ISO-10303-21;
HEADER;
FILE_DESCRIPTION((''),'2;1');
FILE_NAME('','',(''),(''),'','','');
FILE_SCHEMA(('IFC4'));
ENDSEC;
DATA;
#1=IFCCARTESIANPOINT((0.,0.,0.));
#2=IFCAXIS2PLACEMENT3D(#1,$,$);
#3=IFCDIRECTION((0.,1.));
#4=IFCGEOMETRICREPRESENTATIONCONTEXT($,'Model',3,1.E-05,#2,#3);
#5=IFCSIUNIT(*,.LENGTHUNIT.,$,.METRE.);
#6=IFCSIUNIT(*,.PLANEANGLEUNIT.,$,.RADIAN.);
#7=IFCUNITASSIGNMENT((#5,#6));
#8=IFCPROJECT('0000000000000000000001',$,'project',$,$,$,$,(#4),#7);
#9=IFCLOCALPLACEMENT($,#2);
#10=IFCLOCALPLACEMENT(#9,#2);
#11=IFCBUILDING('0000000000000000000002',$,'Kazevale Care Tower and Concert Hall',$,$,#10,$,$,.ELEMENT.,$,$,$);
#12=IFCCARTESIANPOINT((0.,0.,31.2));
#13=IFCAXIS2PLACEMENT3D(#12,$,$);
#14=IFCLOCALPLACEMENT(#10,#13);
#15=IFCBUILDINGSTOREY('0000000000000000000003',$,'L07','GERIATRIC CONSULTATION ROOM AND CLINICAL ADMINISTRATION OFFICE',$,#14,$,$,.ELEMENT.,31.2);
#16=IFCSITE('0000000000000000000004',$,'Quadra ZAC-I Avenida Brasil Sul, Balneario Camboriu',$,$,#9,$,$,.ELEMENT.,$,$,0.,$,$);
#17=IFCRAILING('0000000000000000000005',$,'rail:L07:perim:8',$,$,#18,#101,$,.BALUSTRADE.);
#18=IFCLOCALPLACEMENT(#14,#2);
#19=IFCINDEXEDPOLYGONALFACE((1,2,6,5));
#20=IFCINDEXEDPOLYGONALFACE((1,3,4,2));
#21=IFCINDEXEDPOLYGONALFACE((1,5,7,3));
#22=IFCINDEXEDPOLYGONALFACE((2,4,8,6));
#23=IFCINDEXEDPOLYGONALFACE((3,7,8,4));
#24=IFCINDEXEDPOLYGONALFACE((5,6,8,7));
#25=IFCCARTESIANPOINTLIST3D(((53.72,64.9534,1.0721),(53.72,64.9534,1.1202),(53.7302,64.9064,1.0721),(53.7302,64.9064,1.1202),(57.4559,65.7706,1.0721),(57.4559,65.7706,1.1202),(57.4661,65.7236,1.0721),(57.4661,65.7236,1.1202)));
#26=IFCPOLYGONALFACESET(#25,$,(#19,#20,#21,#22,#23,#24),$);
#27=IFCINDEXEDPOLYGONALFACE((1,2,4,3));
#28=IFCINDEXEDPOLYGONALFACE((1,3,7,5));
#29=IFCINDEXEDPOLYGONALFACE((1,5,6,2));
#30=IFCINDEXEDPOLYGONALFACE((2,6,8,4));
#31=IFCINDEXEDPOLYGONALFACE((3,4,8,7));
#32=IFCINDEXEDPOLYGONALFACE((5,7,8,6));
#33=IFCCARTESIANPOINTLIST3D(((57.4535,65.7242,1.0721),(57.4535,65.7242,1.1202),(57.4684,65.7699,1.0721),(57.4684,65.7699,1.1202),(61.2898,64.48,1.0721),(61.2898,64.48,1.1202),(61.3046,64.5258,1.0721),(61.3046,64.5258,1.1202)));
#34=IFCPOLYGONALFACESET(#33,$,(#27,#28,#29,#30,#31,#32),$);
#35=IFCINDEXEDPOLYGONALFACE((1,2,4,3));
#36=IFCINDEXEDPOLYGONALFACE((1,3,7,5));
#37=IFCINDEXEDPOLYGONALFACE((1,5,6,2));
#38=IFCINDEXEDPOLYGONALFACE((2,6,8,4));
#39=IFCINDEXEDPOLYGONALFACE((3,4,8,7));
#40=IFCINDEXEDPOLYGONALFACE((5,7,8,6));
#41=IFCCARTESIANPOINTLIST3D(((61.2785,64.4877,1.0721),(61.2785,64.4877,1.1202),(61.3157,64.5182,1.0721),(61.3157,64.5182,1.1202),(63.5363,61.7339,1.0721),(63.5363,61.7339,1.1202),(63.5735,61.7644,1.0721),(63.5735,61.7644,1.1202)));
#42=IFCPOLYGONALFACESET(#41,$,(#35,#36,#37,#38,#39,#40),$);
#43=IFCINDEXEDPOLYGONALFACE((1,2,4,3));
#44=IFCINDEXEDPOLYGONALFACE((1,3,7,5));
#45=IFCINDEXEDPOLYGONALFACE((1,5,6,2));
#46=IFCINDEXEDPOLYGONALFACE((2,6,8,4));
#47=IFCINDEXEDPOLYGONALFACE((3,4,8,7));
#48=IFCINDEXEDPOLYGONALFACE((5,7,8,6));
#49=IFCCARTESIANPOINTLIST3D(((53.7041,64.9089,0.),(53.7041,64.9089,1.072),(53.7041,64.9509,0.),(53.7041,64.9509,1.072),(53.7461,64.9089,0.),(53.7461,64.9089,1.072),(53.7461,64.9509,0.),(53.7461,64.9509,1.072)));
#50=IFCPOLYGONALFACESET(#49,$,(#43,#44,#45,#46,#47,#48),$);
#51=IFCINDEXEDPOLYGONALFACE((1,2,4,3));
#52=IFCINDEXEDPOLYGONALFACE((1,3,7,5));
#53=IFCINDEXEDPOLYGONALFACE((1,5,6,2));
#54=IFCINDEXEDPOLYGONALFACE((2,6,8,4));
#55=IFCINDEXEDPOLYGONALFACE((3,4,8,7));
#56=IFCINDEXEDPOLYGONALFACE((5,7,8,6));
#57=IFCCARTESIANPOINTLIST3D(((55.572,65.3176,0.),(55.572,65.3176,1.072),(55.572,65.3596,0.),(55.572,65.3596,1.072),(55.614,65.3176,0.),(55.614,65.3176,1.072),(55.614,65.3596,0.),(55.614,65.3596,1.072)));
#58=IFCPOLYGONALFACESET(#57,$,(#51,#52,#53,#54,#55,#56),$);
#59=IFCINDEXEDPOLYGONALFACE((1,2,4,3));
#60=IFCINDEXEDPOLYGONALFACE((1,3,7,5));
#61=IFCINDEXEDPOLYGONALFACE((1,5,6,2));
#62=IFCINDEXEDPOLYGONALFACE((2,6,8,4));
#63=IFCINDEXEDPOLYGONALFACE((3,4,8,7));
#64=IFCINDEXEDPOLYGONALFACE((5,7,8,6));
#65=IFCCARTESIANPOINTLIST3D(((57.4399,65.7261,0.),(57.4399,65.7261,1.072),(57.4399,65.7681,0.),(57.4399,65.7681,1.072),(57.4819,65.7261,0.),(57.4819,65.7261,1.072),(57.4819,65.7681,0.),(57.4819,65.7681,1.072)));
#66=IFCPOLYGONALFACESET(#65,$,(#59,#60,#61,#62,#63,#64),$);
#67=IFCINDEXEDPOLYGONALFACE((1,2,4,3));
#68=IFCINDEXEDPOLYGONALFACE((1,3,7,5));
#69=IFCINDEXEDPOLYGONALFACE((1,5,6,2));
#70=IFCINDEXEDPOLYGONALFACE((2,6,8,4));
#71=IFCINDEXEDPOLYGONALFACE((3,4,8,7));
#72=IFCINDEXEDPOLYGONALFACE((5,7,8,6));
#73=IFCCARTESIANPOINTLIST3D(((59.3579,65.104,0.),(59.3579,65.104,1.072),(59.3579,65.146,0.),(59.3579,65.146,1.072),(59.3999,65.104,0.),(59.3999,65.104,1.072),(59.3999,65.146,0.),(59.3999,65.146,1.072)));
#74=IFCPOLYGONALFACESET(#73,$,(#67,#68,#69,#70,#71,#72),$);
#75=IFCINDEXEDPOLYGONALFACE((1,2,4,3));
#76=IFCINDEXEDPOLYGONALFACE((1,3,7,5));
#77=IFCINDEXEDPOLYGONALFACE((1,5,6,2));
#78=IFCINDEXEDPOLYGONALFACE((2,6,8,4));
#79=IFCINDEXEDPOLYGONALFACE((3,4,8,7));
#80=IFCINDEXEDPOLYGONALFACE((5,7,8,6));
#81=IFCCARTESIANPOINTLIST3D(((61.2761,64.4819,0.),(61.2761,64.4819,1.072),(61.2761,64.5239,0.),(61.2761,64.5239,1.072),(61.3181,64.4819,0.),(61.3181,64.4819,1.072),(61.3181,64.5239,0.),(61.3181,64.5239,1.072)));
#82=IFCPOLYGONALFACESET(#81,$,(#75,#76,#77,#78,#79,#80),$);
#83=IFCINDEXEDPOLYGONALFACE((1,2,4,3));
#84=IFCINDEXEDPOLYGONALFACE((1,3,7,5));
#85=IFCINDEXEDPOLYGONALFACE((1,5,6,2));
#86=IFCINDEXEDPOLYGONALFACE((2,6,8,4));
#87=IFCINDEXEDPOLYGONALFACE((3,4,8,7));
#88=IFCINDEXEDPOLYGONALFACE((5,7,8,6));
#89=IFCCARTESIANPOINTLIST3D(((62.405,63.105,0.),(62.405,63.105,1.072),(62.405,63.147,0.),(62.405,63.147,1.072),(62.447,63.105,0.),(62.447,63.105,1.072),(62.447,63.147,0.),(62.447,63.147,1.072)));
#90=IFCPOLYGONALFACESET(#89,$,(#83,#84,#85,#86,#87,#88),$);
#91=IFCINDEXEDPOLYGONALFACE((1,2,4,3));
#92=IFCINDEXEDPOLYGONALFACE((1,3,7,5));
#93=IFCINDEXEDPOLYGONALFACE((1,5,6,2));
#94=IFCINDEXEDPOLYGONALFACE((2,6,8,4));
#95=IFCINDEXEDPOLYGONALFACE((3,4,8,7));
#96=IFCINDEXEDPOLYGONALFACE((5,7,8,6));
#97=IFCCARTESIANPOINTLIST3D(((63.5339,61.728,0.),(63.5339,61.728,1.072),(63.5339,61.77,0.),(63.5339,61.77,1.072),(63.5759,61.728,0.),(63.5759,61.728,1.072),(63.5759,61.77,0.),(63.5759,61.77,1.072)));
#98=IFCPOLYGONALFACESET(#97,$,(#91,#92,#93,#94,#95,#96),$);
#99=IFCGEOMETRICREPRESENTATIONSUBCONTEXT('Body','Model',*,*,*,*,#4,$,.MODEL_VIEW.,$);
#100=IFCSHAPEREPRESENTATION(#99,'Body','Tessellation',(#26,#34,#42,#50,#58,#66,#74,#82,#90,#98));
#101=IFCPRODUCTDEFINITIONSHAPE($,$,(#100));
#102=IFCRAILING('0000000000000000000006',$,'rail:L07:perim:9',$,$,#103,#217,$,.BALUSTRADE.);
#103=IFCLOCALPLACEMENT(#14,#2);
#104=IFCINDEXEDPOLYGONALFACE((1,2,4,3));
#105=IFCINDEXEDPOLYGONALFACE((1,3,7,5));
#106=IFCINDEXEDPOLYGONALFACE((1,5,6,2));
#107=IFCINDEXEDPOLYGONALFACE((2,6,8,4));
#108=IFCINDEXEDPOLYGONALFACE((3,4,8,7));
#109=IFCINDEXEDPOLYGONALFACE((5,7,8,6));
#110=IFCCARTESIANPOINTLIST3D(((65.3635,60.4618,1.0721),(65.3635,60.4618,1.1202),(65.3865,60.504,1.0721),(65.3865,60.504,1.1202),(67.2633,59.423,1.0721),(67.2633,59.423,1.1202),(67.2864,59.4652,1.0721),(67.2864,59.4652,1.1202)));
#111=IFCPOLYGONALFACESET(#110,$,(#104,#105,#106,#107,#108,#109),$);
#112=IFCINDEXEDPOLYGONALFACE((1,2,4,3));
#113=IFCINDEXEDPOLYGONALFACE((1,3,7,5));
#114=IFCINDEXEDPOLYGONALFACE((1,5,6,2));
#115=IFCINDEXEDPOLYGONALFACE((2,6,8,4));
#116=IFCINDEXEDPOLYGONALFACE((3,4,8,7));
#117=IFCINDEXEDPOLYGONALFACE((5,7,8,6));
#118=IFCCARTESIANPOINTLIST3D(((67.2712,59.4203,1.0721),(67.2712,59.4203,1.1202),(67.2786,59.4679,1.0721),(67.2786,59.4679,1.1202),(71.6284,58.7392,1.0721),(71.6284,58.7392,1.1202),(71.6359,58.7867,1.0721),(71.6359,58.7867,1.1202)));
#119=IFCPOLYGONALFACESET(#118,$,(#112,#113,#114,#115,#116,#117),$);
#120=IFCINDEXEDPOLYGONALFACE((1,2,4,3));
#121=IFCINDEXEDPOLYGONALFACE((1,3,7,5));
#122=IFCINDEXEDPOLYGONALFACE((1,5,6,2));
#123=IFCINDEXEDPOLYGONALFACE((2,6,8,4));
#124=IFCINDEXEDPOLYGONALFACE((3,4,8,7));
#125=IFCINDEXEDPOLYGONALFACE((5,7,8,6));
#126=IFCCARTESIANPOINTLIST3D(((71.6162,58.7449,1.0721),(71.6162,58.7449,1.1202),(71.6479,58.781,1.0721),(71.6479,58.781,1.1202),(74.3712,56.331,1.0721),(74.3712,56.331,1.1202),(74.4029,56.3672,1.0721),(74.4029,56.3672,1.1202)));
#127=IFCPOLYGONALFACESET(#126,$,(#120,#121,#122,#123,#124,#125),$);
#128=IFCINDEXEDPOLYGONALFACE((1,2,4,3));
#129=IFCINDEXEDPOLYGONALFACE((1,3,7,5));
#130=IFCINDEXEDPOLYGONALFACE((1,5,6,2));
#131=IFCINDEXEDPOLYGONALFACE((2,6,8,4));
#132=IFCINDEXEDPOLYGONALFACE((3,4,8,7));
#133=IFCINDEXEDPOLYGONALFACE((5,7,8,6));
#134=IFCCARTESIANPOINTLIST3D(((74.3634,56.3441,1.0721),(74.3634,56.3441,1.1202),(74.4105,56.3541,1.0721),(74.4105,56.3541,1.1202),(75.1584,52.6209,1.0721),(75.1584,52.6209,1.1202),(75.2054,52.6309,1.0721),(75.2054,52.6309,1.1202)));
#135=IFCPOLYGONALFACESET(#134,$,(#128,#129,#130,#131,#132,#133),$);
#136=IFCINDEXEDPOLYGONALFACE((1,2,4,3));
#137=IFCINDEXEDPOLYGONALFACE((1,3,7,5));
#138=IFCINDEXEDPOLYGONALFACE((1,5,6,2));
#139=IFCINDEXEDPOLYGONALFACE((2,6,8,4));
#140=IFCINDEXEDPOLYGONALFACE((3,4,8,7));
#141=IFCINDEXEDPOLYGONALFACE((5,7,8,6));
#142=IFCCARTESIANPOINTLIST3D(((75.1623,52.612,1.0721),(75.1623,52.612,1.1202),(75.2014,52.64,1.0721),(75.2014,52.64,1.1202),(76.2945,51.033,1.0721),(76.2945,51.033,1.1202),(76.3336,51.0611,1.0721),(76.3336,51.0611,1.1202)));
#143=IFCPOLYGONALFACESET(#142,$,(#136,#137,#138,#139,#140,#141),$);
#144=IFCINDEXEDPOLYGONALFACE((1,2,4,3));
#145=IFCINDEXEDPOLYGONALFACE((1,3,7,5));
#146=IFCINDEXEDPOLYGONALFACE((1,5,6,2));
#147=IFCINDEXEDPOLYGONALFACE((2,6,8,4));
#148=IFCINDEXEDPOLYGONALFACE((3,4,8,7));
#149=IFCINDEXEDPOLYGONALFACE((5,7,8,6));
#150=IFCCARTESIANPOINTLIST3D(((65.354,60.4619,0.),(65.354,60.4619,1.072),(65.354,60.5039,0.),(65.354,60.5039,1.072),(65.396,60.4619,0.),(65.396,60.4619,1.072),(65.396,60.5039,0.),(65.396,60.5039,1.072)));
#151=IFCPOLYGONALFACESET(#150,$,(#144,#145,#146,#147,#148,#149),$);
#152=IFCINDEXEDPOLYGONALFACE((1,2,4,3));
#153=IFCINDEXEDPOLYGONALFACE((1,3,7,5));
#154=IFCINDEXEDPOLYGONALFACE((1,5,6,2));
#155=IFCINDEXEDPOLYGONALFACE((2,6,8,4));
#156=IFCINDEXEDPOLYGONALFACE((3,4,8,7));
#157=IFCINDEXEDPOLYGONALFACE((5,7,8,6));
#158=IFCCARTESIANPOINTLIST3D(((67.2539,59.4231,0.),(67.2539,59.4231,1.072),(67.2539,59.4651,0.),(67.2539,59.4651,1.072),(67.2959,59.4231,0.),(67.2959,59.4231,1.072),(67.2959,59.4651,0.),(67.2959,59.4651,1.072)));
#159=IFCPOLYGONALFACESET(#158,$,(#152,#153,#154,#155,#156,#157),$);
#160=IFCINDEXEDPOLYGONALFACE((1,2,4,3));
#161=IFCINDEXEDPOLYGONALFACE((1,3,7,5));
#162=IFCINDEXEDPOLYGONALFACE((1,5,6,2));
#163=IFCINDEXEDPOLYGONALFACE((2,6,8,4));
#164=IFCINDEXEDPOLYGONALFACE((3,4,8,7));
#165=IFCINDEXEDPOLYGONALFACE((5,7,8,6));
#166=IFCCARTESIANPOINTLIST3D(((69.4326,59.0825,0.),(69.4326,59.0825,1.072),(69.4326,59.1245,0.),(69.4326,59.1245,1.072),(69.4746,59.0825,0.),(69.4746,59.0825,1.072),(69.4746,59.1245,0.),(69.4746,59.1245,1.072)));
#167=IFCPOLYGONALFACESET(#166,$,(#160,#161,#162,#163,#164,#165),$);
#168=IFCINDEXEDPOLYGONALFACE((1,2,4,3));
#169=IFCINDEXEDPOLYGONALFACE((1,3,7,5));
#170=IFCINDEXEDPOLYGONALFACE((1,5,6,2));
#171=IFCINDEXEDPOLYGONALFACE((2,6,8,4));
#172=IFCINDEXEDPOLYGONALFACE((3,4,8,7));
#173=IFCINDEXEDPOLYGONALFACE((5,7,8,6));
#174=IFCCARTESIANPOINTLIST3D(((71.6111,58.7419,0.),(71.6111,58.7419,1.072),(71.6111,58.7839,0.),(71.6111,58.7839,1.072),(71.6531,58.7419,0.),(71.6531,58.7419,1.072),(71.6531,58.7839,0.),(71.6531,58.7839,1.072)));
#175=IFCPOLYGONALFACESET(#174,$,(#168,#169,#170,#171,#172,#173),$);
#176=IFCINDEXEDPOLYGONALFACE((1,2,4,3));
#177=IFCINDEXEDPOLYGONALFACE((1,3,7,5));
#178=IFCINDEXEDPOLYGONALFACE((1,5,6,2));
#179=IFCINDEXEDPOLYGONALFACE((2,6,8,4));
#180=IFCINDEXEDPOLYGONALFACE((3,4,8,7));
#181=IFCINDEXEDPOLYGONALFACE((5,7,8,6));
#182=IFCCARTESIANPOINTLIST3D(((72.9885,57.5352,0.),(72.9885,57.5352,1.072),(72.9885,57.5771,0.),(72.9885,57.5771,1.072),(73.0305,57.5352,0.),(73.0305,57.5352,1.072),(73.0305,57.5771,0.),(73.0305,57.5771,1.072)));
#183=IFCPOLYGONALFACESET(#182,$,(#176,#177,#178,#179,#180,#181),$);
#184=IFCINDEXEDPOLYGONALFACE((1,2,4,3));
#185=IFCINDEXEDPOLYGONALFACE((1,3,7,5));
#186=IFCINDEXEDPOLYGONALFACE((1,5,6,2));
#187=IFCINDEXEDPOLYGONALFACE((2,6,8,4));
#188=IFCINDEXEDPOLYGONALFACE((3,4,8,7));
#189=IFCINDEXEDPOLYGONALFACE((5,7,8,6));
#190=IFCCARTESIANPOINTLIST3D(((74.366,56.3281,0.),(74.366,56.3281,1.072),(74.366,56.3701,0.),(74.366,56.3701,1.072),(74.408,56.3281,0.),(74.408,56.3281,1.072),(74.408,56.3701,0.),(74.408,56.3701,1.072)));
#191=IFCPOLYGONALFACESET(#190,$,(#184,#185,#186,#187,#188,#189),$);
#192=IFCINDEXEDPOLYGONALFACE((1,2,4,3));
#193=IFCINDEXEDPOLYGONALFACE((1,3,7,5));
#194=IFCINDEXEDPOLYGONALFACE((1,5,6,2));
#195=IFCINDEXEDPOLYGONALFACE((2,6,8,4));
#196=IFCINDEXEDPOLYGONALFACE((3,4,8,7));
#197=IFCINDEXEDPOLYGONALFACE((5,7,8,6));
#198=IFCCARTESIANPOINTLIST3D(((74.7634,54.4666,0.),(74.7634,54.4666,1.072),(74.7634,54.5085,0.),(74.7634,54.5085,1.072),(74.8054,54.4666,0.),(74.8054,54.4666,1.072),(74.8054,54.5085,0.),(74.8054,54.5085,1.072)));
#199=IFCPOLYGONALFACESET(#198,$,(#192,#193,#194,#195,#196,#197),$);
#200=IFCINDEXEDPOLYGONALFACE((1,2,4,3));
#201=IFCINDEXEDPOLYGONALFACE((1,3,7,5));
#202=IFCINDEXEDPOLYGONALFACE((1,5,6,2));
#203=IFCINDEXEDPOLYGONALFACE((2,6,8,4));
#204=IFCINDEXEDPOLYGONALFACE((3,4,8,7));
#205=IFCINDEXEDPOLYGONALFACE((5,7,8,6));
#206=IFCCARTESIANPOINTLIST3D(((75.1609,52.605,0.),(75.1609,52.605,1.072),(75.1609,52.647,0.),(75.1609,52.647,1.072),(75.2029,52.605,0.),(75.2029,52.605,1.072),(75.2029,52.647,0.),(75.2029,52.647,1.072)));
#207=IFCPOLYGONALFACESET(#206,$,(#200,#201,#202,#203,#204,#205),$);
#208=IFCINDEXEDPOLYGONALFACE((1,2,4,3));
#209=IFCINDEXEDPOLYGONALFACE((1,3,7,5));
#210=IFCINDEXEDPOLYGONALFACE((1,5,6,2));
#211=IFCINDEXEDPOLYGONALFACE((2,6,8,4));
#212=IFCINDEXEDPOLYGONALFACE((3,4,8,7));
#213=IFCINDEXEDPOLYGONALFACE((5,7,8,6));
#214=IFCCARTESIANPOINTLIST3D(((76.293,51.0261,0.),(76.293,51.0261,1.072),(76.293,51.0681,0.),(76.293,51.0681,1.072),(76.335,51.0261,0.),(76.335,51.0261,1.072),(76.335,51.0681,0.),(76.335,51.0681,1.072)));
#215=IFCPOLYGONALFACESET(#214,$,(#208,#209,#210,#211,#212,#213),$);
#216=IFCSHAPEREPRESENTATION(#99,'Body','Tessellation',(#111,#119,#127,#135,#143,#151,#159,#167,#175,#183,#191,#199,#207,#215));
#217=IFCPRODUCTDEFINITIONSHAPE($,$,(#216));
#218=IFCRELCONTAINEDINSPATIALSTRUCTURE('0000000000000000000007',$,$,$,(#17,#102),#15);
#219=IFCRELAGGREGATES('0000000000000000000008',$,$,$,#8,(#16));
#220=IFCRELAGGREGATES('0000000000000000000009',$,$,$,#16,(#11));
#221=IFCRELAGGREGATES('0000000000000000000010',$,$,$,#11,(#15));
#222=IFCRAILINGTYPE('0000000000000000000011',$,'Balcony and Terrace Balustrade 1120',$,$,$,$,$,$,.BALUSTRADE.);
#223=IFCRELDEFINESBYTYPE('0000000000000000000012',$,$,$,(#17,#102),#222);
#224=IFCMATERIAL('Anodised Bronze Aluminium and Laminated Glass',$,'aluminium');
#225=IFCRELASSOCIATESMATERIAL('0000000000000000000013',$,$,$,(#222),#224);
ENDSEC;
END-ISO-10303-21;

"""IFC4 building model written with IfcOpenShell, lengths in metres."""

from ifc_helpers import new_model, si_unit, direction, frame, origin, origin_2d, place, context, subcontext, project, spatial, rectangle, extrude, material, type_object, element, save


model = new_model("IFC4")

# Units and contexts
model_context = context("Model", 3, precision=1e-05, world=origin(), true_north=direction((0.0, 1.0)))
body_context = subcontext(model_context, "Body", "Model", "MODEL_VIEW")
ifc_project = project(units=[si_unit("LENGTHUNIT", "METRE"), si_unit("PLANEANGLEUNIT", "RADIAN")], contexts=[model_context])

# Site, building, storey
site_placement = place(None, origin())
site = spatial("IfcSite", under=ifc_project, at=site_placement, Name="Quadra ZAC-I Avenida Brasil Sul, Balneario Camboriu", CompositionType="ELEMENT", RefElevation=0.0)
building_placement = place(site_placement, origin())
building = spatial("IfcBuilding", under=site, at=building_placement, Name="Kazevale Care Tower and Concert Hall", CompositionType="ELEMENT")
storey_placement = place(building_placement, frame((0.0, 0.0, 31.2)))
storey = spatial("IfcBuildingStorey", under=building, at=storey_placement, Name="L07", Description="GERIATRIC CONSULTATION ROOM AND CLINICAL ADMINISTRATION OFFICE", CompositionType="ELEMENT", Elevation=31.2)

# Railings
ifc_material_1 = material(Name="Anodised Bronze Aluminium and Laminated Glass", Category="aluminium")
railing_type = type_object("IfcRailingType", Name="Balcony and Terrace Balustrade 1120", PredefinedType="BALUSTRADE", material=ifc_material_1)
railing_1_placement = place(storey_placement, frame((53.7251, 64.9299, 0.0)))
element("IfcRailing", 1, at=railing_1_placement, inside=storey, type_object=railing_type, Name="rail:L07:perim:8", PredefinedType="BALUSTRADE", context=body_context, shape_type="SweptSolid", body=[
    extrude(rectangle(XDim=0.0481, YDim=0.0481, at=origin_2d()), frame((0.0, 0.0, 1.0962), z_axis=(0.976904, 0.213678, 0.0), x_axis=(-0.213678, 0.976904, 0.0)), (0.0, 0.0, 1.0), 3.8242),
    extrude(rectangle(XDim=0.0481, YDim=0.0481, at=origin_2d()), frame((3.7358, 0.8171, 1.0962), z_axis=(0.951225, -0.308499, 0.0), x_axis=(0.308499, 0.951225, 0.0)), (0.0, 0.0, 1.0), 4.033),
    extrude(rectangle(XDim=0.0481, YDim=0.0481, at=origin_2d()), frame((7.572, -0.427, 1.0962), z_axis=(0.634014, -0.773322, 0.0), x_axis=(0.773322, 0.634014, 0.0)), (0.0, 0.0, 1.0), 3.561),
    extrude(rectangle(XDim=0.042, YDim=0.042, at=origin_2d()), origin(), (0.0, 0.0, 1.0), 1.072),
    extrude(rectangle(XDim=0.042, YDim=0.042, at=origin_2d()), frame((1.8679, 0.4087, 0.0)), (0.0, 0.0, 1.0), 1.072),
    extrude(rectangle(XDim=0.042, YDim=0.042, at=origin_2d()), frame((3.7358, 0.8171, 0.0)), (0.0, 0.0, 1.0), 1.072),
    extrude(rectangle(XDim=0.042, YDim=0.042, at=origin_2d()), frame((5.6538, 0.1951, 0.0)), (0.0, 0.0, 1.0), 1.072),
    extrude(rectangle(XDim=0.042, YDim=0.042, at=origin_2d()), frame((7.572, -0.427, 0.0)), (0.0, 0.0, 1.0), 1.072),
    extrude(rectangle(XDim=0.042, YDim=0.042, at=origin_2d()), frame((8.7009, -1.804, 0.0)), (0.0, 0.0, 1.0), 1.072),
    extrude(rectangle(XDim=0.042, YDim=0.042, at=origin_2d()), frame((9.8298, -3.1809, 0.0)), (0.0, 0.0, 1.0), 1.072),
])
railing_2_placement = place(storey_placement, frame((65.375, 60.4829, 0.0)))
element("IfcRailing", 2, at=railing_2_placement, inside=storey, type_object=railing_type, Name="rail:L07:perim:9", PredefinedType="BALUSTRADE", context=body_context, shape_type="SweptSolid", body=[
    extrude(rectangle(XDim=0.0481, YDim=0.0481, at=origin_2d()), frame((0.0, 0.0, 1.0962), z_axis=(0.877408, -0.479745, 0.0), x_axis=(0.479745, 0.877408, 0.0)), (0.0, 0.0, 1.0), 2.1653),
    extrude(rectangle(XDim=0.0481, YDim=0.0481, at=origin_2d()), frame((1.8999, -1.0388, 1.0962), z_axis=(0.988, -0.154453, 0.0), x_axis=(0.154453, 0.988, 0.0)), (0.0, 0.0, 1.0), 4.4102),
    extrude(rectangle(XDim=0.0481, YDim=0.0481, at=origin_2d()), frame((6.2571, -1.72, 1.0962), z_axis=(0.752131, -0.659014, 0.0), x_axis=(0.659014, 0.752131, 0.0)), (0.0, 0.0, 1.0), 3.6628),
    extrude(rectangle(XDim=0.0481, YDim=0.0481, at=origin_2d()), frame((9.012, -4.1338, 1.0962), z_axis=(0.208802, -0.977958, 0.0), x_axis=(0.977958, 0.208802, 0.0)), (0.0, 0.0, 1.0), 3.8071),
    extrude(rectangle(XDim=0.0481, YDim=0.0481, at=origin_2d()), frame((9.8069, -7.8569, 1.0962), z_axis=(0.582711, -0.812679, 0.0), x_axis=(0.812679, 0.582711, 0.0)), (0.0, 0.0, 1.0), 1.9429),
    extrude(rectangle(XDim=0.042, YDim=0.042, at=origin_2d()), origin(), (0.0, 0.0, 1.0), 1.072),
    extrude(rectangle(XDim=0.042, YDim=0.042, at=origin_2d()), frame((1.8999, -1.0388, 0.0)), (0.0, 0.0, 1.0), 1.072),
    extrude(rectangle(XDim=0.042, YDim=0.042, at=origin_2d()), frame((4.0786, -1.3794, 0.0)), (0.0, 0.0, 1.0), 1.072),
    extrude(rectangle(XDim=0.042, YDim=0.042, at=origin_2d()), frame((6.2571, -1.72, 0.0)), (0.0, 0.0, 1.0), 1.072),
    extrude(rectangle(XDim=0.042, YDim=0.042, at=origin_2d()), frame((7.6345, -2.9268, 0.0)), (0.0, 0.0, 1.0), 1.072),
    extrude(rectangle(XDim=0.042, YDim=0.042, at=origin_2d()), frame((9.012, -4.1338, 0.0)), (0.0, 0.0, 1.0), 1.072),
    extrude(rectangle(XDim=0.042, YDim=0.042, at=origin_2d()), frame((9.4094, -5.9954, 0.0)), (0.0, 0.0, 1.0), 1.072),
    extrude(rectangle(XDim=0.042, YDim=0.042, at=origin_2d()), frame((9.8069, -7.8569, 0.0)), (0.0, 0.0, 1.0), 1.072),
    extrude(rectangle(XDim=0.042, YDim=0.042, at=origin_2d()), frame((10.939, -9.4358, 0.0)), (0.0, 0.0, 1.0), 1.072),
])

save(model, "model.ifc")
